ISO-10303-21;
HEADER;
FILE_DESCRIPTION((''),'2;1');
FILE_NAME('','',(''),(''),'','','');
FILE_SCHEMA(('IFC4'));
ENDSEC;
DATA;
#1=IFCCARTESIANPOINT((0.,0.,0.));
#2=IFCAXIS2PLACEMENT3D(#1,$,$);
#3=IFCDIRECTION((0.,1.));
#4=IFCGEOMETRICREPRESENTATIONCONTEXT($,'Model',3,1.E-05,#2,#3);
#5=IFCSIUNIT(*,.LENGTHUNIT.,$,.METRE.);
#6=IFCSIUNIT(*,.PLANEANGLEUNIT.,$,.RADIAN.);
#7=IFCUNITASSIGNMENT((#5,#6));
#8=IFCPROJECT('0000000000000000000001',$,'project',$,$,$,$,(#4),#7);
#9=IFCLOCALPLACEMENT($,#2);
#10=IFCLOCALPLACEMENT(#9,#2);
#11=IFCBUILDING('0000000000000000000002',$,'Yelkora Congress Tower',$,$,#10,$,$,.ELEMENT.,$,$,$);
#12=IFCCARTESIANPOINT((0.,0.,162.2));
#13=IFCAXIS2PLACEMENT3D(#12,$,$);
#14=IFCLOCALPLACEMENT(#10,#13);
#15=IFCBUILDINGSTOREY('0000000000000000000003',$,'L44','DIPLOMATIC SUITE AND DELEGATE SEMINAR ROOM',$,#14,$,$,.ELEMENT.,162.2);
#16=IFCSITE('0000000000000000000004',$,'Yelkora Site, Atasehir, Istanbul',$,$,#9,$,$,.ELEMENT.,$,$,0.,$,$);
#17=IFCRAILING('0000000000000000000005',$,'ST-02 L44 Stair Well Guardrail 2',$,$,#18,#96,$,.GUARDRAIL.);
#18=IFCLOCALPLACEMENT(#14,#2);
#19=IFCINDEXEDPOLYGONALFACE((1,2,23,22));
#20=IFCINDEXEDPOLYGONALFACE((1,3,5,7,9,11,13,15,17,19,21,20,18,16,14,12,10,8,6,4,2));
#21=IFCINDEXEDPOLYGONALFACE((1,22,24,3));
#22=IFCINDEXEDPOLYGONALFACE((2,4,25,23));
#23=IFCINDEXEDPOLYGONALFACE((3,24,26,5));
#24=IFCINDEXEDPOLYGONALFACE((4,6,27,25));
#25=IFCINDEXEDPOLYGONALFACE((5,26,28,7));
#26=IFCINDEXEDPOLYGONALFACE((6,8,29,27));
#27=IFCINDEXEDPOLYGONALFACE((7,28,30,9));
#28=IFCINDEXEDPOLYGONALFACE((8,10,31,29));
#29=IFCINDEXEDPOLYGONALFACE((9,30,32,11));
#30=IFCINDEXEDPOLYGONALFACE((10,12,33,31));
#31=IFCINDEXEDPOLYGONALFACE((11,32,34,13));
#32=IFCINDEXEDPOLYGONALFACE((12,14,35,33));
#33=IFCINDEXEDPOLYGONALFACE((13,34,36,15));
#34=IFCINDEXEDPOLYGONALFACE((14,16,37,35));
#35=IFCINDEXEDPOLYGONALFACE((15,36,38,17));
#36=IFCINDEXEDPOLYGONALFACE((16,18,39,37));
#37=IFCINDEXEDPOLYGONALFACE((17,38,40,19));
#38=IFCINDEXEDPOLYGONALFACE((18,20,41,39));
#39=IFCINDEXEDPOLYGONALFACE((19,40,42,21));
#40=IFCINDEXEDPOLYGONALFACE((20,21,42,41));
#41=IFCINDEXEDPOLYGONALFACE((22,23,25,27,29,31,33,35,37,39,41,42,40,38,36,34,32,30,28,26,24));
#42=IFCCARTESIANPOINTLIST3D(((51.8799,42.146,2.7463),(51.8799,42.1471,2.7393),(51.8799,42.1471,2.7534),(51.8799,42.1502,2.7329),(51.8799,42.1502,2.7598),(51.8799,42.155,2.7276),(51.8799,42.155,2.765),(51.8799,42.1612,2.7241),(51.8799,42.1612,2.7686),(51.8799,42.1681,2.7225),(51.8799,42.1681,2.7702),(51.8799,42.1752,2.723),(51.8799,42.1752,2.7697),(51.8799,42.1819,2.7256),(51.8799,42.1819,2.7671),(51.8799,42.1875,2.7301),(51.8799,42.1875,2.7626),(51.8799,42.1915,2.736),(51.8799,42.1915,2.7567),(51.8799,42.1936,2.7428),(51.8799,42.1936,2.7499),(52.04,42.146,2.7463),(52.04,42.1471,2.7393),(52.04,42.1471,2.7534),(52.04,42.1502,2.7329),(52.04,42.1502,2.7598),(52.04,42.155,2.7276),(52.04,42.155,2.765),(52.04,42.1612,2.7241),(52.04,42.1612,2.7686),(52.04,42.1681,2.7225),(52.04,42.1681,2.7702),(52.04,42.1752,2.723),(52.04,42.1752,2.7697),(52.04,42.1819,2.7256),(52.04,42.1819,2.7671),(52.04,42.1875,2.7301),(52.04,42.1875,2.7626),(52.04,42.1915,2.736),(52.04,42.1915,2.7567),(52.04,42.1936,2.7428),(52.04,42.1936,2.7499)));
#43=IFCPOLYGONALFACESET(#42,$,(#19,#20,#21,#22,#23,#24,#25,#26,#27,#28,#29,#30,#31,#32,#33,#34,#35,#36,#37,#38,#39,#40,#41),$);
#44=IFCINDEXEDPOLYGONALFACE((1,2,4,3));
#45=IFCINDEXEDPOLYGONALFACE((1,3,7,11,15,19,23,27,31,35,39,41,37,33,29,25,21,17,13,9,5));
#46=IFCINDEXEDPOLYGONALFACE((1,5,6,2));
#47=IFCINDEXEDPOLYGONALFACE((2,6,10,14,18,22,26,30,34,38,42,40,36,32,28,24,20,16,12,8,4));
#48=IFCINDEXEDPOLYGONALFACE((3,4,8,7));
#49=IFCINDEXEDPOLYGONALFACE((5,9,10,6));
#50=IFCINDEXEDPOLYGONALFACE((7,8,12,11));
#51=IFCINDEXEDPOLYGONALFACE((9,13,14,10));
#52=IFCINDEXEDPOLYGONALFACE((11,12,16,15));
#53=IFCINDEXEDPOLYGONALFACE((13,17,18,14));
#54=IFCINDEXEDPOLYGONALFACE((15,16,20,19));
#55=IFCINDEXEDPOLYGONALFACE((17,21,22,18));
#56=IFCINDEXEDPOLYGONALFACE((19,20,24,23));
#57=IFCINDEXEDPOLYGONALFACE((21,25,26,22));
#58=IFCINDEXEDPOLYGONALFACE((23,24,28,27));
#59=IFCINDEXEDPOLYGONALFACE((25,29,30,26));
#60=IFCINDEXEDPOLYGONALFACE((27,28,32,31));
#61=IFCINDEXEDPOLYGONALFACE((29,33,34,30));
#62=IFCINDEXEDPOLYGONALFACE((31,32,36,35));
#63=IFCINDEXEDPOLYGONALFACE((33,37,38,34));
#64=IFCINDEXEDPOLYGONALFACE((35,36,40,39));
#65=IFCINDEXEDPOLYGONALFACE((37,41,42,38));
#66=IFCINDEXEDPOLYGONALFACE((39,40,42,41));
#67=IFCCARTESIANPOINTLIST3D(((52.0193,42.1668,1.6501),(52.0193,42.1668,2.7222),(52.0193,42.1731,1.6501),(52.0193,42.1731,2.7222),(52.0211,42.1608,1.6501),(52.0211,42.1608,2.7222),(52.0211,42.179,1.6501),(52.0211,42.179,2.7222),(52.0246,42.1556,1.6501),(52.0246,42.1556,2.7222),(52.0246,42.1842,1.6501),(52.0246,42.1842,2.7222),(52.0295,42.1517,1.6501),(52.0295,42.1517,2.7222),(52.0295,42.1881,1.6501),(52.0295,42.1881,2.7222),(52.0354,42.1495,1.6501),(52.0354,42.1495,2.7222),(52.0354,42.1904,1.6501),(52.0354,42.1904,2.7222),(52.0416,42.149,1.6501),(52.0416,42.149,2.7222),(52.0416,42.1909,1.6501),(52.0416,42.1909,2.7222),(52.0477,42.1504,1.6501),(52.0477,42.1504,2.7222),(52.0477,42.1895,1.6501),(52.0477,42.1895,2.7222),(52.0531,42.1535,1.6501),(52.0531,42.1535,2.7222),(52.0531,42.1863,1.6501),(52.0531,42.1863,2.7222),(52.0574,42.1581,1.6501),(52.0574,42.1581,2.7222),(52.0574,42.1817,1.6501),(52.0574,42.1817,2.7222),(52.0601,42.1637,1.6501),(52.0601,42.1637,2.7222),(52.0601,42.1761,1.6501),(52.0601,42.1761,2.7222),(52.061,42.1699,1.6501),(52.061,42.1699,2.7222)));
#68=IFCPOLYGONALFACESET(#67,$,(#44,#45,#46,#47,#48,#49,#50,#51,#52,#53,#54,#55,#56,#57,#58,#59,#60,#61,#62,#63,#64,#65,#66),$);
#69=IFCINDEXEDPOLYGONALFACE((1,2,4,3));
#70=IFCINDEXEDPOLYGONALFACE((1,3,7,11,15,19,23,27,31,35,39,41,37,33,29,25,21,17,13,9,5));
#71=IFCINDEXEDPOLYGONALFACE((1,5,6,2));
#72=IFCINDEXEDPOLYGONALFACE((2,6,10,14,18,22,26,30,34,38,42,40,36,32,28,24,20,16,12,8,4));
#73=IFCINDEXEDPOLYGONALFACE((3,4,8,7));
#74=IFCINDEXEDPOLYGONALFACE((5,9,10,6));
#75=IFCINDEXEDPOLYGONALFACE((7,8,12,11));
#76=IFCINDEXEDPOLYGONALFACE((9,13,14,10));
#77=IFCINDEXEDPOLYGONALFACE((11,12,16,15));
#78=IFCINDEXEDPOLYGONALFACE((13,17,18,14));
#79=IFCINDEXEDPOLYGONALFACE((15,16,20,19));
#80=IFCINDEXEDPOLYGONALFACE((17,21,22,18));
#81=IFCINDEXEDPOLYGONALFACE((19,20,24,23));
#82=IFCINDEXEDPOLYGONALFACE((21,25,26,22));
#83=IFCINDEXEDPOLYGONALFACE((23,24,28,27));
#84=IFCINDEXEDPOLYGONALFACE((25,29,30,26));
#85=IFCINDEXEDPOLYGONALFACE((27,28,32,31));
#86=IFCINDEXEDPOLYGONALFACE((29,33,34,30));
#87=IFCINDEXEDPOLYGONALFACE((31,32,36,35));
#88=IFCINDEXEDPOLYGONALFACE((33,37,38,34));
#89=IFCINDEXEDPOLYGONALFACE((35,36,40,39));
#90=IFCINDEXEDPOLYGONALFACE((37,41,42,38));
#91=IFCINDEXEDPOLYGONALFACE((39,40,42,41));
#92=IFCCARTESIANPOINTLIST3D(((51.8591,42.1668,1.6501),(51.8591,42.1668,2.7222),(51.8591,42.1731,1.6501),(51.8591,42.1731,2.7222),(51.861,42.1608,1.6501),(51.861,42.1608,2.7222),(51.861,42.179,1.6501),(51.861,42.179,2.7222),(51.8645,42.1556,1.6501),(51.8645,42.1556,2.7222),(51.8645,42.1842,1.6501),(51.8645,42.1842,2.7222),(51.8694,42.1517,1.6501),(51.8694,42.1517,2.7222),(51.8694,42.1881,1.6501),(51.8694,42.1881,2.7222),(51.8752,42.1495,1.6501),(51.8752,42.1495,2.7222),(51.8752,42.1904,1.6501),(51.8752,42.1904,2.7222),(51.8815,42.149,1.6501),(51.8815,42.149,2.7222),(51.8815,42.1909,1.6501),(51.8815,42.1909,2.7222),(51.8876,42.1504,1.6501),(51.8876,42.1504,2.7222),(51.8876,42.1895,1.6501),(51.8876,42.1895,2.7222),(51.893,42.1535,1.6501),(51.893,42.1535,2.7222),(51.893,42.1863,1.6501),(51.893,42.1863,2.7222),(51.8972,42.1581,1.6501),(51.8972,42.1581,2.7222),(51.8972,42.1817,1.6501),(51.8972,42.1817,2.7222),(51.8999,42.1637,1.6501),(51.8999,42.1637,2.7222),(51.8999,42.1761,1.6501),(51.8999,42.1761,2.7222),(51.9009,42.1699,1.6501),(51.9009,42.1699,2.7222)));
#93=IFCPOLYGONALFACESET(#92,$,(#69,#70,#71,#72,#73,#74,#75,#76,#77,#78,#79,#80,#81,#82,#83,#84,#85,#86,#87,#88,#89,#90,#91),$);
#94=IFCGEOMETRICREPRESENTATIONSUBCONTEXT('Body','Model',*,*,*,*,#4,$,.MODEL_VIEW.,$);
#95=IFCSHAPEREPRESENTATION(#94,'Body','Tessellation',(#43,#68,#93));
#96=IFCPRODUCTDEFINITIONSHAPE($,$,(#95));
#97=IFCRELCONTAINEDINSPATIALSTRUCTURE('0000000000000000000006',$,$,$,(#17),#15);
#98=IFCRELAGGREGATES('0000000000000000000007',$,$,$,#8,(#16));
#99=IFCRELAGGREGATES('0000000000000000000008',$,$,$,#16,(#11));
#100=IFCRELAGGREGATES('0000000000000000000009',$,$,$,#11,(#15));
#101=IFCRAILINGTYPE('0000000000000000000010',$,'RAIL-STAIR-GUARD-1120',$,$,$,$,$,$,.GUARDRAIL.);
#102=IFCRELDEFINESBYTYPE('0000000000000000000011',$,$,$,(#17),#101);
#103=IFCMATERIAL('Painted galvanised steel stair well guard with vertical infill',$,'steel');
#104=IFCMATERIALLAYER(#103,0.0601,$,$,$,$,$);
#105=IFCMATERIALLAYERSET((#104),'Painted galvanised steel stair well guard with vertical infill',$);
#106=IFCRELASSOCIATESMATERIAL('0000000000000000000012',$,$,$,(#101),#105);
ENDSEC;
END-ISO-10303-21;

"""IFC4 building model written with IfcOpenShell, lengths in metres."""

from ifc_helpers import new_model, si_unit, direction, frame, origin, origin_2d, place, context, subcontext, project, spatial, circle, extrude, material, layer, layer_set, type_object, element, save


model = new_model("IFC4")

# Units and contexts
model_context = context("Model", 3, precision=1e-05, world=origin(), true_north=direction((0.0, 1.0)))
body_context = subcontext(model_context, "Body", "Model", "MODEL_VIEW")
ifc_project = project(units=[si_unit("LENGTHUNIT", "METRE"), si_unit("PLANEANGLEUNIT", "RADIAN")], contexts=[model_context])

# Site, building, storey
site_placement = place(None, origin())
site = spatial("IfcSite", under=ifc_project, at=site_placement, Name="Yelkora Site, Atasehir, Istanbul", CompositionType="ELEMENT", RefElevation=0.0)
building_placement = place(site_placement, origin())
building = spatial("IfcBuilding", under=site, at=building_placement, Name="Yelkora Congress Tower", CompositionType="ELEMENT")
storey_placement = place(building_placement, frame((0.0, 0.0, 162.2)))
storey = spatial("IfcBuildingStorey", under=building, at=storey_placement, Name="L44", Description="DIPLOMATIC SUITE AND DELEGATE SEMINAR ROOM", CompositionType="ELEMENT", Elevation=162.2)

# Railing
ifc_material_1 = material(Name="Painted galvanised steel stair well guard with vertical infill", Category="steel")
ifc_layer_1 = layer(ifc_material_1, 0.0601)
ifc_layer_set_1 = layer_set([ifc_layer_1], Name="Painted galvanised steel stair well guard with vertical infill")
railing_type_1 = type_object("IfcRailingType", Name="RAIL-STAIR-GUARD-1120", PredefinedType="GUARDRAIL", material=ifc_layer_set_1)
railing_1_placement = place(storey_placement, frame((52.04, 42.1699, 1.6501)))
element("IfcRailing", 1, at=railing_1_placement, inside=storey, type_object=railing_type_1, Name="ST-02 L44 Stair Well Guardrail 2", PredefinedType="GUARDRAIL", context=body_context, shape_type="SweptSolid", body=[
    extrude(circle(Radius=0.0239, at=origin_2d()), frame((0.0, 0.0, 1.0962), z_axis=(-1.0, 0.0, 0.0), x_axis=(0.0, -1.0, 0.0)), (0.0, 0.0, 1.0), 0.1602),
    extrude(circle(Radius=0.021, at=origin_2d()), origin(), (0.0, 0.0, 1.0), 1.072),
    extrude(circle(Radius=0.021, at=origin_2d()), frame((-0.1602, 0.0, 0.0)), (0.0, 0.0, 1.0), 1.072),
])

save(model, "model.ifc")
